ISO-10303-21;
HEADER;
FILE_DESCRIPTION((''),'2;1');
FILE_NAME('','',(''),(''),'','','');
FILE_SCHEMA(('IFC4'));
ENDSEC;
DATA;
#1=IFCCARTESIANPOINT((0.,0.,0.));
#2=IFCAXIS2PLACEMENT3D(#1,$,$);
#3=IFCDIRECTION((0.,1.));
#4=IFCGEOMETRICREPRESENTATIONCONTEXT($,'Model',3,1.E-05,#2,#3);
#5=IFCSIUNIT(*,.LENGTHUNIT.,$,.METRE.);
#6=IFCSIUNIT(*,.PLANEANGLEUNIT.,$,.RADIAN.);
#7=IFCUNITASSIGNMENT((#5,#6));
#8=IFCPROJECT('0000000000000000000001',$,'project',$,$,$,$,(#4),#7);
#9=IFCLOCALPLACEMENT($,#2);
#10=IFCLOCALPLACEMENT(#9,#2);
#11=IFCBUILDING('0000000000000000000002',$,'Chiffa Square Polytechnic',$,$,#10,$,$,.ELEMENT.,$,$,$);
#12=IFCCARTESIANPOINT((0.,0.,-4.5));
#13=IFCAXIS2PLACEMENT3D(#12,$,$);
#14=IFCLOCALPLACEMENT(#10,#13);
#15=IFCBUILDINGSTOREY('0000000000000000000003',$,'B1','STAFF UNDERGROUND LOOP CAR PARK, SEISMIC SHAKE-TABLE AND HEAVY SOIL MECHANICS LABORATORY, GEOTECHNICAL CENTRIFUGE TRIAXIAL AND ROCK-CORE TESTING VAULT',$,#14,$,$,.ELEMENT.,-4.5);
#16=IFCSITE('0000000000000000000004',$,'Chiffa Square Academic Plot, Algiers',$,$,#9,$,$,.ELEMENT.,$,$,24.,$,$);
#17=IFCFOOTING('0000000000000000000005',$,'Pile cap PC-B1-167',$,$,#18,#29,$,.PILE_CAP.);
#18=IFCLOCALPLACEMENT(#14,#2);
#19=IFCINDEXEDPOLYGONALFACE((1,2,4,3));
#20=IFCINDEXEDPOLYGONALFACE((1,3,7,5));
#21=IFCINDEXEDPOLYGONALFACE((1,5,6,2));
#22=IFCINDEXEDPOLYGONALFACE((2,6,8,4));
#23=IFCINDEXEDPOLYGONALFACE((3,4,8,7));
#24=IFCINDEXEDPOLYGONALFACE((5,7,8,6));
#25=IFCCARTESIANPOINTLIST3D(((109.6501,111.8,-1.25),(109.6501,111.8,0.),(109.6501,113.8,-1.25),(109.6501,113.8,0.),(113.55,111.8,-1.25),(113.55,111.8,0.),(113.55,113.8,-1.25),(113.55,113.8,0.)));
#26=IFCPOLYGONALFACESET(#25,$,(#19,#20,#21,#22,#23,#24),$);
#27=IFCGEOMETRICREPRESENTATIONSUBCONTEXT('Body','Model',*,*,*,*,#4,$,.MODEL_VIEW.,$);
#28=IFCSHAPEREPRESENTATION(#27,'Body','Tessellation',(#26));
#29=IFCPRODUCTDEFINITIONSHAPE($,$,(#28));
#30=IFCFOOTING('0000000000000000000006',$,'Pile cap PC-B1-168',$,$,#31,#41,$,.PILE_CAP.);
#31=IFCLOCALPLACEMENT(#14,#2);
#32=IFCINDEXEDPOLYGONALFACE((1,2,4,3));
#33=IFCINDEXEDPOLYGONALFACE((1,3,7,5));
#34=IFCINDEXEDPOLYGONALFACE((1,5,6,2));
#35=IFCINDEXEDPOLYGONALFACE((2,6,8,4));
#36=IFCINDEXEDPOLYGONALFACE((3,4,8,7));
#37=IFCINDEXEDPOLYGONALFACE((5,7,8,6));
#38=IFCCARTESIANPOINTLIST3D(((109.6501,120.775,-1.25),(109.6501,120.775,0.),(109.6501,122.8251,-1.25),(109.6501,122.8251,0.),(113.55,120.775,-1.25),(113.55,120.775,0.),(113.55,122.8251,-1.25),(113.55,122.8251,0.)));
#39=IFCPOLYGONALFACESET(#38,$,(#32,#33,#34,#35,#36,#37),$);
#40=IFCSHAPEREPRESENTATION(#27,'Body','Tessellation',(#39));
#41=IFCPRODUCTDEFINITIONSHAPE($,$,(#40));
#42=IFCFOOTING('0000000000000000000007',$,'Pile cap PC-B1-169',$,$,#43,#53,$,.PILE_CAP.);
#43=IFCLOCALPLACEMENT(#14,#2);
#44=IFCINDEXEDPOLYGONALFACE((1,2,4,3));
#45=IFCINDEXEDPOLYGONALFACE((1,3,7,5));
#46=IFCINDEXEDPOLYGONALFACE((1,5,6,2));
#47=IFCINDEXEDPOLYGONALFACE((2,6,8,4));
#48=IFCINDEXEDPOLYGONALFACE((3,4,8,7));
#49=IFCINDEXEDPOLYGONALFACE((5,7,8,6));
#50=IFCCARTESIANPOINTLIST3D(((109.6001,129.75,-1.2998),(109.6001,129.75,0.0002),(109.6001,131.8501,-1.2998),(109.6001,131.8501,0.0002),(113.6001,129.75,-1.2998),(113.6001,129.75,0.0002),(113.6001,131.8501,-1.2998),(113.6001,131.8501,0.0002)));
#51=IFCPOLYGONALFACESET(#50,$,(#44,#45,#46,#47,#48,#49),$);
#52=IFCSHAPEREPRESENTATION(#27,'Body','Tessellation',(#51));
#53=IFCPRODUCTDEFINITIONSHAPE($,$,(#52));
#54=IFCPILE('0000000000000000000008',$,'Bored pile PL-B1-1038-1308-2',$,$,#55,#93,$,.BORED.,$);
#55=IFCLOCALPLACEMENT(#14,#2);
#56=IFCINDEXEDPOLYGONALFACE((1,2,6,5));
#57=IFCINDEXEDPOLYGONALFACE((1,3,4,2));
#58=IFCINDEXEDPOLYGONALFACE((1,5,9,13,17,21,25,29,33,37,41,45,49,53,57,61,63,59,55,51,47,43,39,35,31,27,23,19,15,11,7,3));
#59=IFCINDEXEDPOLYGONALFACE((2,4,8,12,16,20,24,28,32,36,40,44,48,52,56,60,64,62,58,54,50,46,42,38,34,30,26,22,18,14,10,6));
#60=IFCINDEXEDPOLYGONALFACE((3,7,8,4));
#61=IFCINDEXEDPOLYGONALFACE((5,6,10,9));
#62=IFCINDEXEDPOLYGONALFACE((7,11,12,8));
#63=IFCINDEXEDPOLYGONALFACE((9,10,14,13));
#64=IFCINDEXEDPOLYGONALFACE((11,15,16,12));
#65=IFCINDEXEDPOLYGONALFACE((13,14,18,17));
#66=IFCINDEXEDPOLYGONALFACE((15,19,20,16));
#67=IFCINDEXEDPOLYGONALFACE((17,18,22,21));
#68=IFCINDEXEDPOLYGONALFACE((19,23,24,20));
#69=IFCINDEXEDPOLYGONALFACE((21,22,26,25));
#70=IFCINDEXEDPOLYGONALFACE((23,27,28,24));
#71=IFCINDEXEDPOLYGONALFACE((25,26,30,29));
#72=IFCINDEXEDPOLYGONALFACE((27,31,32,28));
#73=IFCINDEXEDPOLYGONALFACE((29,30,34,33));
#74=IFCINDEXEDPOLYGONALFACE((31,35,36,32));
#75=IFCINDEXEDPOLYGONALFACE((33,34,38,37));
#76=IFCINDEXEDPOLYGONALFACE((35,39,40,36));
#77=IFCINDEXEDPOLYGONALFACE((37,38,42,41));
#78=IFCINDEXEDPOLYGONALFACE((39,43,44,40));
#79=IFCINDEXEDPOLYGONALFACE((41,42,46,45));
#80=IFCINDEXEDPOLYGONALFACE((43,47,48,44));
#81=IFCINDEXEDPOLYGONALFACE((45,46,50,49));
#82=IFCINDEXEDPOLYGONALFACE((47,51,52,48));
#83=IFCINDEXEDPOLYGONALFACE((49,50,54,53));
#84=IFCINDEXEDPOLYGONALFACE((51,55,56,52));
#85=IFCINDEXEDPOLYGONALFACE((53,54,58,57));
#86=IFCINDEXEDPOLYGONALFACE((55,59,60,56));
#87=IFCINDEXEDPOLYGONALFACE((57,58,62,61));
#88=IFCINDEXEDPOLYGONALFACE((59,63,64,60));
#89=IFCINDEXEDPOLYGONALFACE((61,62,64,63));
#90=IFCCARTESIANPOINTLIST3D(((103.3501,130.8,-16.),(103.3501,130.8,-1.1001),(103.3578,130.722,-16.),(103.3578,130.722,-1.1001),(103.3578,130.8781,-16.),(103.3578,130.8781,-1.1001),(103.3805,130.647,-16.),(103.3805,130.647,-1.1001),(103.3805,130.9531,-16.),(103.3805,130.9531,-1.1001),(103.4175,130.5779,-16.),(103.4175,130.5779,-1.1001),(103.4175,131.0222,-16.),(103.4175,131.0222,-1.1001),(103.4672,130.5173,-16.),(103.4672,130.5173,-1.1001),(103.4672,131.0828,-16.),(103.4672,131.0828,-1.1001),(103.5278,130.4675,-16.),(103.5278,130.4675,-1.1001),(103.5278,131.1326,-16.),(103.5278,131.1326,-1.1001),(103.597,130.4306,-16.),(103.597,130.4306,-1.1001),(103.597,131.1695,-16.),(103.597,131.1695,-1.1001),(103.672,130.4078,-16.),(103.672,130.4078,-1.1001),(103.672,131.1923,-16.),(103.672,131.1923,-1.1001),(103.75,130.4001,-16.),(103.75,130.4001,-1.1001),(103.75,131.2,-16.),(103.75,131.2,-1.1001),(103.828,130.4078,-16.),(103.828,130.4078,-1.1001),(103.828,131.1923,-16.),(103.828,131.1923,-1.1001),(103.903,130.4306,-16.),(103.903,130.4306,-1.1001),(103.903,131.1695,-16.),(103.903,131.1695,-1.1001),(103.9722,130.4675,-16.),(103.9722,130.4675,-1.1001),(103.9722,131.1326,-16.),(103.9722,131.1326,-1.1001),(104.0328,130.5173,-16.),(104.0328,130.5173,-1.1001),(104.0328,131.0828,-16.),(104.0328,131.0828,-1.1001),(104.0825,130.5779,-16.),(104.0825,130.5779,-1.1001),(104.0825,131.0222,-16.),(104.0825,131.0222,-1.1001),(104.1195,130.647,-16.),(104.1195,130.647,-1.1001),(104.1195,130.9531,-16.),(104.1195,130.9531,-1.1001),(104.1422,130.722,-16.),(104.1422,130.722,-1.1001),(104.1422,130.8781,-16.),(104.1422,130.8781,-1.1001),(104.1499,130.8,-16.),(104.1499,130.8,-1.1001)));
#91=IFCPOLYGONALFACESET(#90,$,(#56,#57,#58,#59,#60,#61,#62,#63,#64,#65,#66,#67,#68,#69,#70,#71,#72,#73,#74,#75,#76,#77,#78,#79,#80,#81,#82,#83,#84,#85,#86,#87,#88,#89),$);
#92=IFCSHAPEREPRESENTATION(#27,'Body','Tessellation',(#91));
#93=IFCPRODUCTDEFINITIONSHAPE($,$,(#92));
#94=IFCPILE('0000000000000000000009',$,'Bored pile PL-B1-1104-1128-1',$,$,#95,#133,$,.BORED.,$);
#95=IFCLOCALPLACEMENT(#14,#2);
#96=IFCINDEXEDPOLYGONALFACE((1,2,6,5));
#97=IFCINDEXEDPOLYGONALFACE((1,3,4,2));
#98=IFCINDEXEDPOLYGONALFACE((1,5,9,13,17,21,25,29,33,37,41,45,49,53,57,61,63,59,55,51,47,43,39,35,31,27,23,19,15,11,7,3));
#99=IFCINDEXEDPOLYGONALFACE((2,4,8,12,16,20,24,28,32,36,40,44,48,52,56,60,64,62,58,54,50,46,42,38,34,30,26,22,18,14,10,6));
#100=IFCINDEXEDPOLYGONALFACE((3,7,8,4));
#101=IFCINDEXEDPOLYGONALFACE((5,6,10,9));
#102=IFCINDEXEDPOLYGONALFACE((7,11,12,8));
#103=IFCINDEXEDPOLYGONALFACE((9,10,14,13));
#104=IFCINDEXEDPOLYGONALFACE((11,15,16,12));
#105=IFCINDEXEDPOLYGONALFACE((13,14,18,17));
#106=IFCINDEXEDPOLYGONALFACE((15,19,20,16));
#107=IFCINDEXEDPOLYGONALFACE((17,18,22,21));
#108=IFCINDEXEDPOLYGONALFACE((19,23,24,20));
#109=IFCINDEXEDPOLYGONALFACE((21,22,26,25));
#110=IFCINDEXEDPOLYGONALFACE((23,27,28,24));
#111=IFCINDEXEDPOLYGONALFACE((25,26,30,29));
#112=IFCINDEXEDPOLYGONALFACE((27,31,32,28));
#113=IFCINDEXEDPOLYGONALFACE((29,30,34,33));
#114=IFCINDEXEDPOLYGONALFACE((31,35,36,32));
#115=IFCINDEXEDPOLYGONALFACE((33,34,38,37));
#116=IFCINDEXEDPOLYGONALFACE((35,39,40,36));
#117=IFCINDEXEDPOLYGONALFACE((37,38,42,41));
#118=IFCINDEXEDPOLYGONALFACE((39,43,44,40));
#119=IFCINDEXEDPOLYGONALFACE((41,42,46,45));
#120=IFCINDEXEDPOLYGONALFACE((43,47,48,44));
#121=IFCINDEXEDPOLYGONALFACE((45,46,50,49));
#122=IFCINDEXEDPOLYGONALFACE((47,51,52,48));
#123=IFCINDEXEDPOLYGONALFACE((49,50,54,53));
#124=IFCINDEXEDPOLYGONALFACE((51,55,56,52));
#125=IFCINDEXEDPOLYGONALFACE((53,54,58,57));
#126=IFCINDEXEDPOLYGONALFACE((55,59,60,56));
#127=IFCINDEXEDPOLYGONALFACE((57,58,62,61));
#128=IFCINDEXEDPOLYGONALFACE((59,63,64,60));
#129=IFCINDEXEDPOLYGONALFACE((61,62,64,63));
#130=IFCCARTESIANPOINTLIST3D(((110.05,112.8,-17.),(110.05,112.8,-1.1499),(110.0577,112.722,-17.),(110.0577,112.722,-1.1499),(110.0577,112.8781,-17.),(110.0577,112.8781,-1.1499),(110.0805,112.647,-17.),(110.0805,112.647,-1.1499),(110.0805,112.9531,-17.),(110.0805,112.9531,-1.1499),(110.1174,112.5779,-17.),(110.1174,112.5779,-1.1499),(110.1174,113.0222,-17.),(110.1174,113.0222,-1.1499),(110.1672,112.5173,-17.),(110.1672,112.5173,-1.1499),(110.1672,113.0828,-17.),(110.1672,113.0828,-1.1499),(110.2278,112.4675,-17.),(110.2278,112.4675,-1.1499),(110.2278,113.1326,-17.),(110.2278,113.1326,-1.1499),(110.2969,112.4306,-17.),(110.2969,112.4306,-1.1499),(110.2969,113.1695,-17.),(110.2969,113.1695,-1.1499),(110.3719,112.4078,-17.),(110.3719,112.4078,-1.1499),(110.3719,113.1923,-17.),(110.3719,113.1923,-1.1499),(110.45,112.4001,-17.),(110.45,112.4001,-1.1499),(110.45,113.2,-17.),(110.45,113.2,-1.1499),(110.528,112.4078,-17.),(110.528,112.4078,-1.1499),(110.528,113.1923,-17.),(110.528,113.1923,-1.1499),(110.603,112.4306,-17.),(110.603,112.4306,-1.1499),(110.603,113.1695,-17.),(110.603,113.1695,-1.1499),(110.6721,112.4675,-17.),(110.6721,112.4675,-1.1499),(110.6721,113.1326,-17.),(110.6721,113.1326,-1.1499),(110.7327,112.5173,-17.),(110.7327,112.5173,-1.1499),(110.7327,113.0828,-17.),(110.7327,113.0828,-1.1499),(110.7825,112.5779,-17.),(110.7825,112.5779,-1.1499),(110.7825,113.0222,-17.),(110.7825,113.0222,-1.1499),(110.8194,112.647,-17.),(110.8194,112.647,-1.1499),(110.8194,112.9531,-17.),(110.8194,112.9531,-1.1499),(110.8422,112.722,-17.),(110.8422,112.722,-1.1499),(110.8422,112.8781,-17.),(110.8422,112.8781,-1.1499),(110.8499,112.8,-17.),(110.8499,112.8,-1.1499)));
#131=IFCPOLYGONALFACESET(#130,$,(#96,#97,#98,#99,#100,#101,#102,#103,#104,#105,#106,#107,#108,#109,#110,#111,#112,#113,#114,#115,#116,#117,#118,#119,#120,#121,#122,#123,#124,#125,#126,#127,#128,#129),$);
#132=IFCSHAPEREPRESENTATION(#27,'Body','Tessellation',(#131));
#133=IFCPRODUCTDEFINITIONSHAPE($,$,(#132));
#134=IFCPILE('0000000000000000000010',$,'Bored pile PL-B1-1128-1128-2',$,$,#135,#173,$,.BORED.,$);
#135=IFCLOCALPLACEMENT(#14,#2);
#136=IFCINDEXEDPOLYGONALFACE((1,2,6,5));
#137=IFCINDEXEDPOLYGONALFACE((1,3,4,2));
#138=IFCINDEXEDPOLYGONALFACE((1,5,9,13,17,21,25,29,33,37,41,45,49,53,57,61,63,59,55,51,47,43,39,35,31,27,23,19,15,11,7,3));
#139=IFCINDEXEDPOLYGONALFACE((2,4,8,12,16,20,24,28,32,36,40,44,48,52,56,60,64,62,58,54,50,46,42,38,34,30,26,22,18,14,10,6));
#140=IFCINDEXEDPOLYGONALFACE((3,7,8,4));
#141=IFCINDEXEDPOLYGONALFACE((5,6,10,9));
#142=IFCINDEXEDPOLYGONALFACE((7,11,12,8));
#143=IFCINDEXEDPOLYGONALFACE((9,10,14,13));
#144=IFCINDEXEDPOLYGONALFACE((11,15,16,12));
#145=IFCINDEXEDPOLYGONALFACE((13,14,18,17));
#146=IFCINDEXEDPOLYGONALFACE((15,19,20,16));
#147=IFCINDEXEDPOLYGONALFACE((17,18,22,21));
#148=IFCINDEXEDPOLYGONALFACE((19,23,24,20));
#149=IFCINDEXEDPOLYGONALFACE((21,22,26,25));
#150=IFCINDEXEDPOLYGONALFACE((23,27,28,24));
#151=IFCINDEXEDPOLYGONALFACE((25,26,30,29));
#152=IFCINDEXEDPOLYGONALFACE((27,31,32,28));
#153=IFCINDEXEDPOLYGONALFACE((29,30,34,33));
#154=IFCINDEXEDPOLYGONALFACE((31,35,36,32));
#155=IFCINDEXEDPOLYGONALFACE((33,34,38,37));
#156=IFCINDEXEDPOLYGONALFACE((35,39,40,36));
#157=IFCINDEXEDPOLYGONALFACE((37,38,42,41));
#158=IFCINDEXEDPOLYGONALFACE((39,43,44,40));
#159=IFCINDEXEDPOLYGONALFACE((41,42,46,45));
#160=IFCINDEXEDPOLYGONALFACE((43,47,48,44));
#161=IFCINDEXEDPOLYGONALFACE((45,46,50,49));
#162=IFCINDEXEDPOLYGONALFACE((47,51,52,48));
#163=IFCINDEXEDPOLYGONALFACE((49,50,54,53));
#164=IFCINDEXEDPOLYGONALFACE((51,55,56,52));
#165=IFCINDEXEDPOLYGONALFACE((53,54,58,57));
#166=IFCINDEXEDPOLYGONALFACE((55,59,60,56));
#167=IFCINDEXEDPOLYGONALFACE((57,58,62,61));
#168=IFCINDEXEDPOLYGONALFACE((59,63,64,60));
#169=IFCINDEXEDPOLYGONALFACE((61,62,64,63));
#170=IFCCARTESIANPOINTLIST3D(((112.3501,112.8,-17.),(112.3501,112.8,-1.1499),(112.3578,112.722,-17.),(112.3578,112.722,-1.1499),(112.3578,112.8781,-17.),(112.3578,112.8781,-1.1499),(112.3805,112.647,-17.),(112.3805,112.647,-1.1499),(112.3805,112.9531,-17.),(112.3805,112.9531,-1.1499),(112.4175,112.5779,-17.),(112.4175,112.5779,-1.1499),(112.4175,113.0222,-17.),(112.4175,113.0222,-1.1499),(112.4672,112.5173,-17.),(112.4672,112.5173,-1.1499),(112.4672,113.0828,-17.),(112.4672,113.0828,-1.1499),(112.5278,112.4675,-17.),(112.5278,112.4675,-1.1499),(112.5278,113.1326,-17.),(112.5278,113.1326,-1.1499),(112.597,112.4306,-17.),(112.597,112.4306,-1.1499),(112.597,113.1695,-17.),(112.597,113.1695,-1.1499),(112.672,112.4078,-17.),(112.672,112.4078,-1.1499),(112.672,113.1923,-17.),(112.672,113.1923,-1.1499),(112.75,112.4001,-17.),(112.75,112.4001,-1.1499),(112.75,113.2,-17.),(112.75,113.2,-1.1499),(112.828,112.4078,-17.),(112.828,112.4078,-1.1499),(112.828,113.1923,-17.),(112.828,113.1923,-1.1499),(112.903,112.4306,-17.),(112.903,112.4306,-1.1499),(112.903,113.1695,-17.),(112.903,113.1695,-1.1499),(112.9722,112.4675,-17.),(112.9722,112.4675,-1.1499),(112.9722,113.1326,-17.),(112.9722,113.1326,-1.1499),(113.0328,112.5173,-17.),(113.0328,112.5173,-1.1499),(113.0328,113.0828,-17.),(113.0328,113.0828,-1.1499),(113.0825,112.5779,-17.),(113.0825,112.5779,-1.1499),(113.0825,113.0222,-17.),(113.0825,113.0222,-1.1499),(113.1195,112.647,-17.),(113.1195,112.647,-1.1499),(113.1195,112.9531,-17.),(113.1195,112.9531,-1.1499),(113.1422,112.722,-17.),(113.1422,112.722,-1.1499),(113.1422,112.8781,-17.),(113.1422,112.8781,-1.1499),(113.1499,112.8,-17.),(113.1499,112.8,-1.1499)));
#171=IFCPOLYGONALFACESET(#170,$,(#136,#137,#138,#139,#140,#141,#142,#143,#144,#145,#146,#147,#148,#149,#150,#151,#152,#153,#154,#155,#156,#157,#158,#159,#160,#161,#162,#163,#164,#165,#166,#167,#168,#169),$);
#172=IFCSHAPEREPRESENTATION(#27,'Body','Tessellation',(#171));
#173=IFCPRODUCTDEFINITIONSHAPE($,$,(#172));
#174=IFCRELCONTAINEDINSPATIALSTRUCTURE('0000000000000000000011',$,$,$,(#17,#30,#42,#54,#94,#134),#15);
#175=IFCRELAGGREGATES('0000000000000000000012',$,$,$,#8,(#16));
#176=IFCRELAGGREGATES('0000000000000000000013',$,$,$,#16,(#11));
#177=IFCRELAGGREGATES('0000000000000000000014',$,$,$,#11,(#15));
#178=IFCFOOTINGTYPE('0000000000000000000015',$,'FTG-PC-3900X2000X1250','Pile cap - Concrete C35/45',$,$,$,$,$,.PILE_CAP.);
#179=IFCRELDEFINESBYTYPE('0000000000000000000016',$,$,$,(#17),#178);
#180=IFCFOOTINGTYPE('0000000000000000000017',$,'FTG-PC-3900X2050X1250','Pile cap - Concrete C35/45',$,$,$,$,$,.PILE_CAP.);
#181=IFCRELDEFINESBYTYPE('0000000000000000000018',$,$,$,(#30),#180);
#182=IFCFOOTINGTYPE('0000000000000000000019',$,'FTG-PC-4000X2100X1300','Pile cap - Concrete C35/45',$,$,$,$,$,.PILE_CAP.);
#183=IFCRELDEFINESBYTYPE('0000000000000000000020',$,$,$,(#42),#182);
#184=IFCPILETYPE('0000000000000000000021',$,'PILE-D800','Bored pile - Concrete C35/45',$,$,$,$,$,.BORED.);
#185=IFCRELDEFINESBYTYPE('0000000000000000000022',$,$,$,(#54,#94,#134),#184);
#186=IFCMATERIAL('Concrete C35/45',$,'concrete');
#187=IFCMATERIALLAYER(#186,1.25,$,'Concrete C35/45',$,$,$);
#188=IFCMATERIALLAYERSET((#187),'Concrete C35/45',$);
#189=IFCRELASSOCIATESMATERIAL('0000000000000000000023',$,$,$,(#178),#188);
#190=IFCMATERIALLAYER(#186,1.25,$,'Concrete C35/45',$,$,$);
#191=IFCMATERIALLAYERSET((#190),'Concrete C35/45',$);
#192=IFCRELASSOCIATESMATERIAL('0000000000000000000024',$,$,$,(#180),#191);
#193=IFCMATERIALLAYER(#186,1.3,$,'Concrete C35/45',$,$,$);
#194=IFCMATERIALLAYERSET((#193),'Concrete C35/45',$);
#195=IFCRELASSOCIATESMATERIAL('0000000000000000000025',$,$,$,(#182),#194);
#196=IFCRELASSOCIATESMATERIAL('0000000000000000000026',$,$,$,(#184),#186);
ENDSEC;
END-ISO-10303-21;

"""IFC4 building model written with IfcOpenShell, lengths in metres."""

from ifc_helpers import new_model, si_unit, direction, frame, origin, origin_2d, place, context, subcontext, project, spatial, rectangle, circle, extrude, material, layer, layer_set, material_profile, profile_set, type_object, element, save


model = new_model("IFC4")

# Units and contexts
model_context = context("Model", 3, precision=1e-05, world=origin(), true_north=direction((0.0, 1.0)))
body_context = subcontext(model_context, "Body", "Model", "MODEL_VIEW")
ifc_project = project(units=[si_unit("LENGTHUNIT", "METRE"), si_unit("PLANEANGLEUNIT", "RADIAN")], contexts=[model_context])

# Site, building, storey
site_placement = place(None, origin())
site = spatial("IfcSite", under=ifc_project, at=site_placement, Name="Chiffa Square Academic Plot, Algiers", CompositionType="ELEMENT", RefElevation=24.0)
building_placement = place(site_placement, origin())
building = spatial("IfcBuilding", under=site, at=building_placement, Name="Chiffa Square Polytechnic", CompositionType="ELEMENT")
storey_placement = place(building_placement, frame((0.0, 0.0, -4.5)))
storey = spatial("IfcBuildingStorey", under=building, at=storey_placement, Name="B1", Description="STAFF UNDERGROUND LOOP CAR PARK, SEISMIC SHAKE-TABLE AND HEAVY SOIL MECHANICS LABORATORY, GEOTECHNICAL CENTRIFUGE TRIAXIAL AND ROCK-CORE TESTING VAULT", CompositionType="ELEMENT", Elevation=-4.5)

# Footings
ifc_material_1 = material(Name="Concrete C35/45", Category="concrete")
ifc_layer_1 = layer(ifc_material_1, 1.25, Name="Concrete C35/45")
ifc_layer_set_1 = layer_set([ifc_layer_1], Name="Concrete C35/45")
footing_type_1 = type_object("IfcFootingType", Name="FTG-PC-3900X2000X1250", Description="Pile cap - Concrete C35/45", PredefinedType="PILE_CAP", material=ifc_layer_set_1)
footing_1_placement = place(storey_placement, frame((111.6001, 112.8, -1.25), z_axis=(0.0, 0.0, 1.0), x_axis=(1.0, 0.0, 0.0)))
element("IfcFooting", 1, at=footing_1_placement, inside=storey, type_object=footing_type_1, Name="Pile cap PC-B1-167", PredefinedType="PILE_CAP", context=body_context, shape_type="SweptSolid", body=[
    extrude(rectangle(XDim=3.8999, YDim=2.0, at=origin_2d()), origin(), (0.0, 0.0, 1.0), 1.25),
])
ifc_layer_2 = layer(ifc_material_1, 1.25, Name="Concrete C35/45")
ifc_layer_set_2 = layer_set([ifc_layer_2], Name="Concrete C35/45")
footing_type_2 = type_object("IfcFootingType", Name="FTG-PC-3900X2050X1250", Description="Pile cap - Concrete C35/45", PredefinedType="PILE_CAP", material=ifc_layer_set_2)
footing_2_placement = place(storey_placement, frame((111.6001, 121.8, -1.25), z_axis=(0.0, 0.0, 1.0), x_axis=(1.0, 0.0, 0.0)))
element("IfcFooting", 2, at=footing_2_placement, inside=storey, type_object=footing_type_2, Name="Pile cap PC-B1-168", PredefinedType="PILE_CAP", context=body_context, shape_type="SweptSolid", body=[
    extrude(rectangle(XDim=3.8999, YDim=2.05, at=origin_2d()), origin(), (0.0, 0.0, 1.0), 1.25),
])
ifc_layer_3 = layer(ifc_material_1, 1.3, Name="Concrete C35/45")
ifc_layer_set_3 = layer_set([ifc_layer_3], Name="Concrete C35/45")
footing_type_3 = type_object("IfcFootingType", Name="FTG-PC-4000X2100X1300", Description="Pile cap - Concrete C35/45", PredefinedType="PILE_CAP", material=ifc_layer_set_3)
footing_3_placement = place(storey_placement, frame((111.6001, 130.8, -1.2998), z_axis=(0.0, 0.0, 1.0), x_axis=(1.0, 0.0, 0.0)))
element("IfcFooting", 3, at=footing_3_placement, inside=storey, type_object=footing_type_3, Name="Pile cap PC-B1-169", PredefinedType="PILE_CAP", context=body_context, shape_type="SweptSolid", body=[
    extrude(rectangle(XDim=4.0, YDim=2.1001, at=origin_2d()), origin(), (0.0, 0.0, 1.0), 1.3),
])

# Piles
ifc_material_profile_1 = material_profile(ifc_material_1, circle(Radius=0.3999, at=origin_2d()), Name="PILE D800")
ifc_profile_set_1 = profile_set([ifc_material_profile_1], Name="Concrete C35/45")
pile_type_1 = type_object("IfcPileType", Name="PILE-D800", Description="Bored pile - Concrete C35/45", PredefinedType="BORED", material=ifc_profile_set_1)
pile_1_placement = place(storey_placement, frame((103.75, 130.8, -1.1001), z_axis=(0.0, 0.0, -1.0), x_axis=(1.0, 0.0, 0.0)))
element("IfcPile", 4, at=pile_1_placement, inside=storey, type_object=pile_type_1, Name="Bored pile PL-B1-1038-1308-2", PredefinedType="BORED", context=body_context, shape_type="SweptSolid", body=[
    extrude(circle(Radius=0.3999, at=origin_2d()), origin(), (0.0, 0.0, 1.0), 14.8999),
])
for number, where, z_axis, x_axis, name in (
    (5, (110.45, 112.8, -1.1499), (0.0, 0.0, -1.0), (1.0, 0.0, 0.0), "Bored pile PL-B1-1104-1128-1"),
    (6, (112.75, 112.8, -1.1499), (0.0, 0.0, -1.0), (1.0, 0.0, 0.0), "Bored pile PL-B1-1128-1128-2"),
):
    element("IfcPile", number, at=place(storey_placement, frame(where, z_axis=z_axis, x_axis=x_axis)), inside=storey, type_object=pile_type_1, Name=name, PredefinedType="BORED", context=body_context, shape_type="SweptSolid", body=[
        extrude(circle(Radius=0.3999, at=origin_2d()), origin(), (0.0, 0.0, 1.0), 15.8501),
    ])

save(model, "model.ifc")
